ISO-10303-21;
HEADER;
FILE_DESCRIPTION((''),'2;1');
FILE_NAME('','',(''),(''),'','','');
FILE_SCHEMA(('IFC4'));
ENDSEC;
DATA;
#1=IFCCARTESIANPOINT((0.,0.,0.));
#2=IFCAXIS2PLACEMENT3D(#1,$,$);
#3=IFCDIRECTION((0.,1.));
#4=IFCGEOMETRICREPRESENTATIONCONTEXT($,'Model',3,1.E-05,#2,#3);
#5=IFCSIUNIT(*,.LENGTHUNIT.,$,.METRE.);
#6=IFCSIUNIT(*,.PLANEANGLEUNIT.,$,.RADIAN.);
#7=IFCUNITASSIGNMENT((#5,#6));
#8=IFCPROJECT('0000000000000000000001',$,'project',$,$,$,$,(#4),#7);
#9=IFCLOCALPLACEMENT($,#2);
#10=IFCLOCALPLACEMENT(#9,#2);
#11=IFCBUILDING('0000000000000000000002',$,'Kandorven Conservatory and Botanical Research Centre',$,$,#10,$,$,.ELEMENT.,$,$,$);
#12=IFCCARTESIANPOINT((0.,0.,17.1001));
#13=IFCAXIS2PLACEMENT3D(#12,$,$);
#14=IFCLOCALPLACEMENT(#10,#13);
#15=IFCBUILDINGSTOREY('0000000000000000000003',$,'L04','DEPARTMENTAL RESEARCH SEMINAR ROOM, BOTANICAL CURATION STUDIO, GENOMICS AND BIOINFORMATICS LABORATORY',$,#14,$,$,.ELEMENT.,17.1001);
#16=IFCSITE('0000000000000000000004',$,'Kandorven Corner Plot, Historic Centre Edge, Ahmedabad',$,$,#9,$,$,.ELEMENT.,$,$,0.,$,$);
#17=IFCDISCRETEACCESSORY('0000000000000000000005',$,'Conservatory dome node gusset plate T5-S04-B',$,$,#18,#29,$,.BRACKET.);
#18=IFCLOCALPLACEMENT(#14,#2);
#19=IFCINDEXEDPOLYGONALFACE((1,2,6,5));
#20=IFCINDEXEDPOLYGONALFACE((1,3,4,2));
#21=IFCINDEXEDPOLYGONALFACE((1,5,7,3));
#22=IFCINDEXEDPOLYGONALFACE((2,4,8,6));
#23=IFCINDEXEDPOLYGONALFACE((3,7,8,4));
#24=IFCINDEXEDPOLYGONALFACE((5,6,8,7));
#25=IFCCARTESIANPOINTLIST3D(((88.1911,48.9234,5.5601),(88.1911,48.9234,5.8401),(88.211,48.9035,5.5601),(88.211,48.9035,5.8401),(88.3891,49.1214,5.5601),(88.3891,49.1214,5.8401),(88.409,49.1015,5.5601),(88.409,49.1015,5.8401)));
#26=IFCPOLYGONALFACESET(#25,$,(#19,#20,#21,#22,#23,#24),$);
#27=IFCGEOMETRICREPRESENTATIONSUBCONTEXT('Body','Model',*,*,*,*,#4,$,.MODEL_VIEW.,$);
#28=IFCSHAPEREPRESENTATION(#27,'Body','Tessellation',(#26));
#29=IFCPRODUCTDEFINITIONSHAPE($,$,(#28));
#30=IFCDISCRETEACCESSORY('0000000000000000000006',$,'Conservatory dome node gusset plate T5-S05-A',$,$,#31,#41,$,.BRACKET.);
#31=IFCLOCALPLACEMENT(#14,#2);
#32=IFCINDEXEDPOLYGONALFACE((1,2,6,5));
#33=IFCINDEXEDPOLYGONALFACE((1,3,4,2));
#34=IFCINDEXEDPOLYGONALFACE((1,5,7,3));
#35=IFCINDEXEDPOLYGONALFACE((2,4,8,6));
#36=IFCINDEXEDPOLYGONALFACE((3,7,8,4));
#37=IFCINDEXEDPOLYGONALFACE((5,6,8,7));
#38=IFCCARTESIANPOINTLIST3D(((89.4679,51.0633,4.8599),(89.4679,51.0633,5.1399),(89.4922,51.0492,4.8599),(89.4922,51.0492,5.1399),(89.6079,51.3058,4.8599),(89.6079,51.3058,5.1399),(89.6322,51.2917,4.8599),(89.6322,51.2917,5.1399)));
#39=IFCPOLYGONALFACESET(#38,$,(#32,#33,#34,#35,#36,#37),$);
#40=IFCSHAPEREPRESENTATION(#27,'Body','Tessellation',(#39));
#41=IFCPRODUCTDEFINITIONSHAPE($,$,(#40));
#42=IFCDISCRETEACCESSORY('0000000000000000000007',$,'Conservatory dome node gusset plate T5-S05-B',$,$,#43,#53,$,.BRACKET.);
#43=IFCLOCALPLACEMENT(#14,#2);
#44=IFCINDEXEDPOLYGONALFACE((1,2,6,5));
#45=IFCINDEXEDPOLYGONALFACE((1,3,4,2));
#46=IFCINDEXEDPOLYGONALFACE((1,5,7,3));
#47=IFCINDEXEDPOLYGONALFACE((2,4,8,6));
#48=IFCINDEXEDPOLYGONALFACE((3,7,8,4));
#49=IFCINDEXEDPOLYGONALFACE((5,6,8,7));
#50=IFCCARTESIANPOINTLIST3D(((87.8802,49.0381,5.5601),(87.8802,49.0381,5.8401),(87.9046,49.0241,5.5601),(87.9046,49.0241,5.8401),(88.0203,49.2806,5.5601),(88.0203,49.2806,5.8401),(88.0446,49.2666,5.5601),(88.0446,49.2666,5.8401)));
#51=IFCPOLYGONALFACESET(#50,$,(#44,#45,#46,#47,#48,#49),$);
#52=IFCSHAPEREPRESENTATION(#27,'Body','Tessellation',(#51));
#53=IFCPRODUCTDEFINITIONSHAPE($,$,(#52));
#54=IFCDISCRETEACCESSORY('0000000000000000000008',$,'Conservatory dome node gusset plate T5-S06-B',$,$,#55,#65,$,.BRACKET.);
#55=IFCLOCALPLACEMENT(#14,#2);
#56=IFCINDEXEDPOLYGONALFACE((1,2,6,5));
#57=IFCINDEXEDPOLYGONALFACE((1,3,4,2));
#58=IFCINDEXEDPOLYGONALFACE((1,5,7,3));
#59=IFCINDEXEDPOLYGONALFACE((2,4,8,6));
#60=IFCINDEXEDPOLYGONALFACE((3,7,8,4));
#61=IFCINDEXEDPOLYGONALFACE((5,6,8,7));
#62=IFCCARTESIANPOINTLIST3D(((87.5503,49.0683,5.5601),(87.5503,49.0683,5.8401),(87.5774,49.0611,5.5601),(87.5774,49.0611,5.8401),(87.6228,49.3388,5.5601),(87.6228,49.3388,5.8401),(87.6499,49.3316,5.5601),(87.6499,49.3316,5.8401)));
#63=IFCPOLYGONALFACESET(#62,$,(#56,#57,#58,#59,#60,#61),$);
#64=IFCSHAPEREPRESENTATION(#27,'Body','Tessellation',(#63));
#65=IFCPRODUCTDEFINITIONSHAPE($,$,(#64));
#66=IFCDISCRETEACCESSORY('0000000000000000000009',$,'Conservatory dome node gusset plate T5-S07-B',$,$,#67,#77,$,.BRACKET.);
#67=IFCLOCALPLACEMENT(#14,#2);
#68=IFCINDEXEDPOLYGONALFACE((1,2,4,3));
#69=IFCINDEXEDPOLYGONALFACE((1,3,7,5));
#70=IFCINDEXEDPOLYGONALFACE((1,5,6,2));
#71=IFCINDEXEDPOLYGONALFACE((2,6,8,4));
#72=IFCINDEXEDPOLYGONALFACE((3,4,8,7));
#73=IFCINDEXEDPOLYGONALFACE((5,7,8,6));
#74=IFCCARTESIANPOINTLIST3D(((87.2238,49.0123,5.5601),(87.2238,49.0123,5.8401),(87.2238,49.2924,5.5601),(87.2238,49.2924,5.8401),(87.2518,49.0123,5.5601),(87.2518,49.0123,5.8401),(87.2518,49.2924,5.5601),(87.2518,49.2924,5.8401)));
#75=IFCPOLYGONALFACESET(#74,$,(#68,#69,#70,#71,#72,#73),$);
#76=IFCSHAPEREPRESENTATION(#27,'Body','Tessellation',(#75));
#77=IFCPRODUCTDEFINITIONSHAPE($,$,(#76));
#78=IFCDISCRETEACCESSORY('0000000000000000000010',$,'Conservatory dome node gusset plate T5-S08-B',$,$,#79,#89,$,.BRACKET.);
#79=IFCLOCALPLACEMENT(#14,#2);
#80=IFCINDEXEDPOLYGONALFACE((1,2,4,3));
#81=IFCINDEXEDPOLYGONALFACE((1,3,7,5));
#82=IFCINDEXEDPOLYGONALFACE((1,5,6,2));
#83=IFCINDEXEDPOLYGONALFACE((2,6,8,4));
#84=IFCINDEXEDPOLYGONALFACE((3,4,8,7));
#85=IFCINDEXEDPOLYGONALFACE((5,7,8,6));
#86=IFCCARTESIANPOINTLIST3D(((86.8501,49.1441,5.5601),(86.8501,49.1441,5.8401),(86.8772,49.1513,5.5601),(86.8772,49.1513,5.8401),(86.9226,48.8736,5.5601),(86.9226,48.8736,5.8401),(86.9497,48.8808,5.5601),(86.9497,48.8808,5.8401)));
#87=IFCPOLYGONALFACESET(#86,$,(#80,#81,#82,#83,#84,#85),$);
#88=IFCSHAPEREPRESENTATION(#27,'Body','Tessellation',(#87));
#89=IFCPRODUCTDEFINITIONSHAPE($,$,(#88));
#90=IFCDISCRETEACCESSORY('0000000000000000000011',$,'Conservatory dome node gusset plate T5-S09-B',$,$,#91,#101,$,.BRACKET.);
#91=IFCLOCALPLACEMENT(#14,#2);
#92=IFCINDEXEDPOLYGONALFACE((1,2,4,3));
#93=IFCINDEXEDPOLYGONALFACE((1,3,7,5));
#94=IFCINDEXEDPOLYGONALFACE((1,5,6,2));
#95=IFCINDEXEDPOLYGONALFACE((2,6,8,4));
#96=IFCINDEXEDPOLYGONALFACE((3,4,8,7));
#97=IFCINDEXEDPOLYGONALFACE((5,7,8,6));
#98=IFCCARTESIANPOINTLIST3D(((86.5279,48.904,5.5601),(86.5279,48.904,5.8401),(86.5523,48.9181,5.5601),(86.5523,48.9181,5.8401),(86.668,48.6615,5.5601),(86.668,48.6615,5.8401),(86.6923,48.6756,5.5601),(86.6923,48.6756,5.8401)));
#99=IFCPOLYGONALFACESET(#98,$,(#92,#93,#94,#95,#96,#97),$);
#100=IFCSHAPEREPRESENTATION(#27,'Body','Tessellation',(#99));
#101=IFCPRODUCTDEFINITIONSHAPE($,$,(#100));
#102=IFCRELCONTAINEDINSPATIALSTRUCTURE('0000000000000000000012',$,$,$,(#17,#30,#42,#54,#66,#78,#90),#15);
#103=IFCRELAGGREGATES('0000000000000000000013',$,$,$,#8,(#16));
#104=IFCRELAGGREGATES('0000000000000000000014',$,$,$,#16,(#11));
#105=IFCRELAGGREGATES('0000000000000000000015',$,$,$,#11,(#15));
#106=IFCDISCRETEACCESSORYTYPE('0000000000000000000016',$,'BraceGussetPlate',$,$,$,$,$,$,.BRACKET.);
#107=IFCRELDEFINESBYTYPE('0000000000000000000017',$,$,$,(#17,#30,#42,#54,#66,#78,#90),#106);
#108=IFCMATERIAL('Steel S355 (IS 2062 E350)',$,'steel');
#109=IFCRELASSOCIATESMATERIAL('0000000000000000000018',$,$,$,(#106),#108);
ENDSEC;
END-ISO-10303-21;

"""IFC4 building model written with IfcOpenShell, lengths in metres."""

from ifc_helpers import new_model, si_unit, direction, frame, origin, origin_2d, place, context, subcontext, project, spatial, rectangle, extrude, material, type_object, element, save


model = new_model("IFC4")

# Units and contexts
model_context = context("Model", 3, precision=1e-05, world=origin(), true_north=direction((0.0, 1.0)))
body_context = subcontext(model_context, "Body", "Model", "MODEL_VIEW")
ifc_project = project(units=[si_unit("LENGTHUNIT", "METRE"), si_unit("PLANEANGLEUNIT", "RADIAN")], contexts=[model_context])

# Site, building, storey
site_placement = place(None, origin())
site = spatial("IfcSite", under=ifc_project, at=site_placement, Name="Kandorven Corner Plot, Historic Centre Edge, Ahmedabad", CompositionType="ELEMENT", RefElevation=0.0)
building_placement = place(site_placement, origin())
building = spatial("IfcBuilding", under=site, at=building_placement, Name="Kandorven Conservatory and Botanical Research Centre", CompositionType="ELEMENT")
storey_placement = place(building_placement, frame((0.0, 0.0, 17.1001)))
storey = spatial("IfcBuildingStorey", under=building, at=storey_placement, Name="L04", Description="DEPARTMENTAL RESEARCH SEMINAR ROOM, BOTANICAL CURATION STUDIO, GENOMICS AND BIOINFORMATICS LABORATORY", CompositionType="ELEMENT", Elevation=17.1001)

# Discrete accessories
ifc_material_1 = material(Name="Steel S355 (IS 2062 E350)", Category="steel")
discrete_accessory_type = type_object("IfcDiscreteAccessoryType", Name="BraceGussetPlate", PredefinedType="BRACKET", material=ifc_material_1)
for number, where, z_axis, x_axis, name in (
    (1, (88.3, 49.0125, 5.5601), (0.0, 0.0, 1.0), (0.707107, 0.707107, 0.0), "Conservatory dome node gusset plate T5-S04-B"),
    (2, (89.55, 51.1775, 4.8599), (0.0, 0.0, 1.0), (0.5, 0.866025, 0.0), "Conservatory dome node gusset plate T5-S05-A"),
    (3, (87.9624, 49.1523, 5.5601), (0.0, 0.0, 1.0), (0.5, 0.866025, 0.0), "Conservatory dome node gusset plate T5-S05-B"),
    (4, (87.6001, 49.2, 5.5601), (0.0, 0.0, 1.0), (0.258819, 0.965926, 0.0), "Conservatory dome node gusset plate T5-S06-B"),
    (5, (87.2378, 49.1523, 5.5601), (0.0, 0.0, 1.0), (0.0, 1.0, 0.0), "Conservatory dome node gusset plate T5-S07-B"),
    (6, (86.8999, 49.0125, 5.5601), (0.0, 0.0, 1.0), (-0.258819, 0.965926, 0.0), "Conservatory dome node gusset plate T5-S08-B"),
    (7, (86.6101, 48.7898, 5.5601), (0.0, 0.0, 1.0), (-0.5, 0.866025, 0.0), "Conservatory dome node gusset plate T5-S09-B"),
):
    element("IfcDiscreteAccessory", number, at=place(storey_placement, frame(where, z_axis=z_axis, x_axis=x_axis)), inside=storey, type_object=discrete_accessory_type, Name=name, PredefinedType="BRACKET", context=body_context, shape_type="SweptSolid", body=[
        extrude(rectangle(XDim=0.28, YDim=0.0281, at=origin_2d()), origin(), (0.0, 0.0, 1.0), 0.28),
    ])

save(model, "model.ifc")
